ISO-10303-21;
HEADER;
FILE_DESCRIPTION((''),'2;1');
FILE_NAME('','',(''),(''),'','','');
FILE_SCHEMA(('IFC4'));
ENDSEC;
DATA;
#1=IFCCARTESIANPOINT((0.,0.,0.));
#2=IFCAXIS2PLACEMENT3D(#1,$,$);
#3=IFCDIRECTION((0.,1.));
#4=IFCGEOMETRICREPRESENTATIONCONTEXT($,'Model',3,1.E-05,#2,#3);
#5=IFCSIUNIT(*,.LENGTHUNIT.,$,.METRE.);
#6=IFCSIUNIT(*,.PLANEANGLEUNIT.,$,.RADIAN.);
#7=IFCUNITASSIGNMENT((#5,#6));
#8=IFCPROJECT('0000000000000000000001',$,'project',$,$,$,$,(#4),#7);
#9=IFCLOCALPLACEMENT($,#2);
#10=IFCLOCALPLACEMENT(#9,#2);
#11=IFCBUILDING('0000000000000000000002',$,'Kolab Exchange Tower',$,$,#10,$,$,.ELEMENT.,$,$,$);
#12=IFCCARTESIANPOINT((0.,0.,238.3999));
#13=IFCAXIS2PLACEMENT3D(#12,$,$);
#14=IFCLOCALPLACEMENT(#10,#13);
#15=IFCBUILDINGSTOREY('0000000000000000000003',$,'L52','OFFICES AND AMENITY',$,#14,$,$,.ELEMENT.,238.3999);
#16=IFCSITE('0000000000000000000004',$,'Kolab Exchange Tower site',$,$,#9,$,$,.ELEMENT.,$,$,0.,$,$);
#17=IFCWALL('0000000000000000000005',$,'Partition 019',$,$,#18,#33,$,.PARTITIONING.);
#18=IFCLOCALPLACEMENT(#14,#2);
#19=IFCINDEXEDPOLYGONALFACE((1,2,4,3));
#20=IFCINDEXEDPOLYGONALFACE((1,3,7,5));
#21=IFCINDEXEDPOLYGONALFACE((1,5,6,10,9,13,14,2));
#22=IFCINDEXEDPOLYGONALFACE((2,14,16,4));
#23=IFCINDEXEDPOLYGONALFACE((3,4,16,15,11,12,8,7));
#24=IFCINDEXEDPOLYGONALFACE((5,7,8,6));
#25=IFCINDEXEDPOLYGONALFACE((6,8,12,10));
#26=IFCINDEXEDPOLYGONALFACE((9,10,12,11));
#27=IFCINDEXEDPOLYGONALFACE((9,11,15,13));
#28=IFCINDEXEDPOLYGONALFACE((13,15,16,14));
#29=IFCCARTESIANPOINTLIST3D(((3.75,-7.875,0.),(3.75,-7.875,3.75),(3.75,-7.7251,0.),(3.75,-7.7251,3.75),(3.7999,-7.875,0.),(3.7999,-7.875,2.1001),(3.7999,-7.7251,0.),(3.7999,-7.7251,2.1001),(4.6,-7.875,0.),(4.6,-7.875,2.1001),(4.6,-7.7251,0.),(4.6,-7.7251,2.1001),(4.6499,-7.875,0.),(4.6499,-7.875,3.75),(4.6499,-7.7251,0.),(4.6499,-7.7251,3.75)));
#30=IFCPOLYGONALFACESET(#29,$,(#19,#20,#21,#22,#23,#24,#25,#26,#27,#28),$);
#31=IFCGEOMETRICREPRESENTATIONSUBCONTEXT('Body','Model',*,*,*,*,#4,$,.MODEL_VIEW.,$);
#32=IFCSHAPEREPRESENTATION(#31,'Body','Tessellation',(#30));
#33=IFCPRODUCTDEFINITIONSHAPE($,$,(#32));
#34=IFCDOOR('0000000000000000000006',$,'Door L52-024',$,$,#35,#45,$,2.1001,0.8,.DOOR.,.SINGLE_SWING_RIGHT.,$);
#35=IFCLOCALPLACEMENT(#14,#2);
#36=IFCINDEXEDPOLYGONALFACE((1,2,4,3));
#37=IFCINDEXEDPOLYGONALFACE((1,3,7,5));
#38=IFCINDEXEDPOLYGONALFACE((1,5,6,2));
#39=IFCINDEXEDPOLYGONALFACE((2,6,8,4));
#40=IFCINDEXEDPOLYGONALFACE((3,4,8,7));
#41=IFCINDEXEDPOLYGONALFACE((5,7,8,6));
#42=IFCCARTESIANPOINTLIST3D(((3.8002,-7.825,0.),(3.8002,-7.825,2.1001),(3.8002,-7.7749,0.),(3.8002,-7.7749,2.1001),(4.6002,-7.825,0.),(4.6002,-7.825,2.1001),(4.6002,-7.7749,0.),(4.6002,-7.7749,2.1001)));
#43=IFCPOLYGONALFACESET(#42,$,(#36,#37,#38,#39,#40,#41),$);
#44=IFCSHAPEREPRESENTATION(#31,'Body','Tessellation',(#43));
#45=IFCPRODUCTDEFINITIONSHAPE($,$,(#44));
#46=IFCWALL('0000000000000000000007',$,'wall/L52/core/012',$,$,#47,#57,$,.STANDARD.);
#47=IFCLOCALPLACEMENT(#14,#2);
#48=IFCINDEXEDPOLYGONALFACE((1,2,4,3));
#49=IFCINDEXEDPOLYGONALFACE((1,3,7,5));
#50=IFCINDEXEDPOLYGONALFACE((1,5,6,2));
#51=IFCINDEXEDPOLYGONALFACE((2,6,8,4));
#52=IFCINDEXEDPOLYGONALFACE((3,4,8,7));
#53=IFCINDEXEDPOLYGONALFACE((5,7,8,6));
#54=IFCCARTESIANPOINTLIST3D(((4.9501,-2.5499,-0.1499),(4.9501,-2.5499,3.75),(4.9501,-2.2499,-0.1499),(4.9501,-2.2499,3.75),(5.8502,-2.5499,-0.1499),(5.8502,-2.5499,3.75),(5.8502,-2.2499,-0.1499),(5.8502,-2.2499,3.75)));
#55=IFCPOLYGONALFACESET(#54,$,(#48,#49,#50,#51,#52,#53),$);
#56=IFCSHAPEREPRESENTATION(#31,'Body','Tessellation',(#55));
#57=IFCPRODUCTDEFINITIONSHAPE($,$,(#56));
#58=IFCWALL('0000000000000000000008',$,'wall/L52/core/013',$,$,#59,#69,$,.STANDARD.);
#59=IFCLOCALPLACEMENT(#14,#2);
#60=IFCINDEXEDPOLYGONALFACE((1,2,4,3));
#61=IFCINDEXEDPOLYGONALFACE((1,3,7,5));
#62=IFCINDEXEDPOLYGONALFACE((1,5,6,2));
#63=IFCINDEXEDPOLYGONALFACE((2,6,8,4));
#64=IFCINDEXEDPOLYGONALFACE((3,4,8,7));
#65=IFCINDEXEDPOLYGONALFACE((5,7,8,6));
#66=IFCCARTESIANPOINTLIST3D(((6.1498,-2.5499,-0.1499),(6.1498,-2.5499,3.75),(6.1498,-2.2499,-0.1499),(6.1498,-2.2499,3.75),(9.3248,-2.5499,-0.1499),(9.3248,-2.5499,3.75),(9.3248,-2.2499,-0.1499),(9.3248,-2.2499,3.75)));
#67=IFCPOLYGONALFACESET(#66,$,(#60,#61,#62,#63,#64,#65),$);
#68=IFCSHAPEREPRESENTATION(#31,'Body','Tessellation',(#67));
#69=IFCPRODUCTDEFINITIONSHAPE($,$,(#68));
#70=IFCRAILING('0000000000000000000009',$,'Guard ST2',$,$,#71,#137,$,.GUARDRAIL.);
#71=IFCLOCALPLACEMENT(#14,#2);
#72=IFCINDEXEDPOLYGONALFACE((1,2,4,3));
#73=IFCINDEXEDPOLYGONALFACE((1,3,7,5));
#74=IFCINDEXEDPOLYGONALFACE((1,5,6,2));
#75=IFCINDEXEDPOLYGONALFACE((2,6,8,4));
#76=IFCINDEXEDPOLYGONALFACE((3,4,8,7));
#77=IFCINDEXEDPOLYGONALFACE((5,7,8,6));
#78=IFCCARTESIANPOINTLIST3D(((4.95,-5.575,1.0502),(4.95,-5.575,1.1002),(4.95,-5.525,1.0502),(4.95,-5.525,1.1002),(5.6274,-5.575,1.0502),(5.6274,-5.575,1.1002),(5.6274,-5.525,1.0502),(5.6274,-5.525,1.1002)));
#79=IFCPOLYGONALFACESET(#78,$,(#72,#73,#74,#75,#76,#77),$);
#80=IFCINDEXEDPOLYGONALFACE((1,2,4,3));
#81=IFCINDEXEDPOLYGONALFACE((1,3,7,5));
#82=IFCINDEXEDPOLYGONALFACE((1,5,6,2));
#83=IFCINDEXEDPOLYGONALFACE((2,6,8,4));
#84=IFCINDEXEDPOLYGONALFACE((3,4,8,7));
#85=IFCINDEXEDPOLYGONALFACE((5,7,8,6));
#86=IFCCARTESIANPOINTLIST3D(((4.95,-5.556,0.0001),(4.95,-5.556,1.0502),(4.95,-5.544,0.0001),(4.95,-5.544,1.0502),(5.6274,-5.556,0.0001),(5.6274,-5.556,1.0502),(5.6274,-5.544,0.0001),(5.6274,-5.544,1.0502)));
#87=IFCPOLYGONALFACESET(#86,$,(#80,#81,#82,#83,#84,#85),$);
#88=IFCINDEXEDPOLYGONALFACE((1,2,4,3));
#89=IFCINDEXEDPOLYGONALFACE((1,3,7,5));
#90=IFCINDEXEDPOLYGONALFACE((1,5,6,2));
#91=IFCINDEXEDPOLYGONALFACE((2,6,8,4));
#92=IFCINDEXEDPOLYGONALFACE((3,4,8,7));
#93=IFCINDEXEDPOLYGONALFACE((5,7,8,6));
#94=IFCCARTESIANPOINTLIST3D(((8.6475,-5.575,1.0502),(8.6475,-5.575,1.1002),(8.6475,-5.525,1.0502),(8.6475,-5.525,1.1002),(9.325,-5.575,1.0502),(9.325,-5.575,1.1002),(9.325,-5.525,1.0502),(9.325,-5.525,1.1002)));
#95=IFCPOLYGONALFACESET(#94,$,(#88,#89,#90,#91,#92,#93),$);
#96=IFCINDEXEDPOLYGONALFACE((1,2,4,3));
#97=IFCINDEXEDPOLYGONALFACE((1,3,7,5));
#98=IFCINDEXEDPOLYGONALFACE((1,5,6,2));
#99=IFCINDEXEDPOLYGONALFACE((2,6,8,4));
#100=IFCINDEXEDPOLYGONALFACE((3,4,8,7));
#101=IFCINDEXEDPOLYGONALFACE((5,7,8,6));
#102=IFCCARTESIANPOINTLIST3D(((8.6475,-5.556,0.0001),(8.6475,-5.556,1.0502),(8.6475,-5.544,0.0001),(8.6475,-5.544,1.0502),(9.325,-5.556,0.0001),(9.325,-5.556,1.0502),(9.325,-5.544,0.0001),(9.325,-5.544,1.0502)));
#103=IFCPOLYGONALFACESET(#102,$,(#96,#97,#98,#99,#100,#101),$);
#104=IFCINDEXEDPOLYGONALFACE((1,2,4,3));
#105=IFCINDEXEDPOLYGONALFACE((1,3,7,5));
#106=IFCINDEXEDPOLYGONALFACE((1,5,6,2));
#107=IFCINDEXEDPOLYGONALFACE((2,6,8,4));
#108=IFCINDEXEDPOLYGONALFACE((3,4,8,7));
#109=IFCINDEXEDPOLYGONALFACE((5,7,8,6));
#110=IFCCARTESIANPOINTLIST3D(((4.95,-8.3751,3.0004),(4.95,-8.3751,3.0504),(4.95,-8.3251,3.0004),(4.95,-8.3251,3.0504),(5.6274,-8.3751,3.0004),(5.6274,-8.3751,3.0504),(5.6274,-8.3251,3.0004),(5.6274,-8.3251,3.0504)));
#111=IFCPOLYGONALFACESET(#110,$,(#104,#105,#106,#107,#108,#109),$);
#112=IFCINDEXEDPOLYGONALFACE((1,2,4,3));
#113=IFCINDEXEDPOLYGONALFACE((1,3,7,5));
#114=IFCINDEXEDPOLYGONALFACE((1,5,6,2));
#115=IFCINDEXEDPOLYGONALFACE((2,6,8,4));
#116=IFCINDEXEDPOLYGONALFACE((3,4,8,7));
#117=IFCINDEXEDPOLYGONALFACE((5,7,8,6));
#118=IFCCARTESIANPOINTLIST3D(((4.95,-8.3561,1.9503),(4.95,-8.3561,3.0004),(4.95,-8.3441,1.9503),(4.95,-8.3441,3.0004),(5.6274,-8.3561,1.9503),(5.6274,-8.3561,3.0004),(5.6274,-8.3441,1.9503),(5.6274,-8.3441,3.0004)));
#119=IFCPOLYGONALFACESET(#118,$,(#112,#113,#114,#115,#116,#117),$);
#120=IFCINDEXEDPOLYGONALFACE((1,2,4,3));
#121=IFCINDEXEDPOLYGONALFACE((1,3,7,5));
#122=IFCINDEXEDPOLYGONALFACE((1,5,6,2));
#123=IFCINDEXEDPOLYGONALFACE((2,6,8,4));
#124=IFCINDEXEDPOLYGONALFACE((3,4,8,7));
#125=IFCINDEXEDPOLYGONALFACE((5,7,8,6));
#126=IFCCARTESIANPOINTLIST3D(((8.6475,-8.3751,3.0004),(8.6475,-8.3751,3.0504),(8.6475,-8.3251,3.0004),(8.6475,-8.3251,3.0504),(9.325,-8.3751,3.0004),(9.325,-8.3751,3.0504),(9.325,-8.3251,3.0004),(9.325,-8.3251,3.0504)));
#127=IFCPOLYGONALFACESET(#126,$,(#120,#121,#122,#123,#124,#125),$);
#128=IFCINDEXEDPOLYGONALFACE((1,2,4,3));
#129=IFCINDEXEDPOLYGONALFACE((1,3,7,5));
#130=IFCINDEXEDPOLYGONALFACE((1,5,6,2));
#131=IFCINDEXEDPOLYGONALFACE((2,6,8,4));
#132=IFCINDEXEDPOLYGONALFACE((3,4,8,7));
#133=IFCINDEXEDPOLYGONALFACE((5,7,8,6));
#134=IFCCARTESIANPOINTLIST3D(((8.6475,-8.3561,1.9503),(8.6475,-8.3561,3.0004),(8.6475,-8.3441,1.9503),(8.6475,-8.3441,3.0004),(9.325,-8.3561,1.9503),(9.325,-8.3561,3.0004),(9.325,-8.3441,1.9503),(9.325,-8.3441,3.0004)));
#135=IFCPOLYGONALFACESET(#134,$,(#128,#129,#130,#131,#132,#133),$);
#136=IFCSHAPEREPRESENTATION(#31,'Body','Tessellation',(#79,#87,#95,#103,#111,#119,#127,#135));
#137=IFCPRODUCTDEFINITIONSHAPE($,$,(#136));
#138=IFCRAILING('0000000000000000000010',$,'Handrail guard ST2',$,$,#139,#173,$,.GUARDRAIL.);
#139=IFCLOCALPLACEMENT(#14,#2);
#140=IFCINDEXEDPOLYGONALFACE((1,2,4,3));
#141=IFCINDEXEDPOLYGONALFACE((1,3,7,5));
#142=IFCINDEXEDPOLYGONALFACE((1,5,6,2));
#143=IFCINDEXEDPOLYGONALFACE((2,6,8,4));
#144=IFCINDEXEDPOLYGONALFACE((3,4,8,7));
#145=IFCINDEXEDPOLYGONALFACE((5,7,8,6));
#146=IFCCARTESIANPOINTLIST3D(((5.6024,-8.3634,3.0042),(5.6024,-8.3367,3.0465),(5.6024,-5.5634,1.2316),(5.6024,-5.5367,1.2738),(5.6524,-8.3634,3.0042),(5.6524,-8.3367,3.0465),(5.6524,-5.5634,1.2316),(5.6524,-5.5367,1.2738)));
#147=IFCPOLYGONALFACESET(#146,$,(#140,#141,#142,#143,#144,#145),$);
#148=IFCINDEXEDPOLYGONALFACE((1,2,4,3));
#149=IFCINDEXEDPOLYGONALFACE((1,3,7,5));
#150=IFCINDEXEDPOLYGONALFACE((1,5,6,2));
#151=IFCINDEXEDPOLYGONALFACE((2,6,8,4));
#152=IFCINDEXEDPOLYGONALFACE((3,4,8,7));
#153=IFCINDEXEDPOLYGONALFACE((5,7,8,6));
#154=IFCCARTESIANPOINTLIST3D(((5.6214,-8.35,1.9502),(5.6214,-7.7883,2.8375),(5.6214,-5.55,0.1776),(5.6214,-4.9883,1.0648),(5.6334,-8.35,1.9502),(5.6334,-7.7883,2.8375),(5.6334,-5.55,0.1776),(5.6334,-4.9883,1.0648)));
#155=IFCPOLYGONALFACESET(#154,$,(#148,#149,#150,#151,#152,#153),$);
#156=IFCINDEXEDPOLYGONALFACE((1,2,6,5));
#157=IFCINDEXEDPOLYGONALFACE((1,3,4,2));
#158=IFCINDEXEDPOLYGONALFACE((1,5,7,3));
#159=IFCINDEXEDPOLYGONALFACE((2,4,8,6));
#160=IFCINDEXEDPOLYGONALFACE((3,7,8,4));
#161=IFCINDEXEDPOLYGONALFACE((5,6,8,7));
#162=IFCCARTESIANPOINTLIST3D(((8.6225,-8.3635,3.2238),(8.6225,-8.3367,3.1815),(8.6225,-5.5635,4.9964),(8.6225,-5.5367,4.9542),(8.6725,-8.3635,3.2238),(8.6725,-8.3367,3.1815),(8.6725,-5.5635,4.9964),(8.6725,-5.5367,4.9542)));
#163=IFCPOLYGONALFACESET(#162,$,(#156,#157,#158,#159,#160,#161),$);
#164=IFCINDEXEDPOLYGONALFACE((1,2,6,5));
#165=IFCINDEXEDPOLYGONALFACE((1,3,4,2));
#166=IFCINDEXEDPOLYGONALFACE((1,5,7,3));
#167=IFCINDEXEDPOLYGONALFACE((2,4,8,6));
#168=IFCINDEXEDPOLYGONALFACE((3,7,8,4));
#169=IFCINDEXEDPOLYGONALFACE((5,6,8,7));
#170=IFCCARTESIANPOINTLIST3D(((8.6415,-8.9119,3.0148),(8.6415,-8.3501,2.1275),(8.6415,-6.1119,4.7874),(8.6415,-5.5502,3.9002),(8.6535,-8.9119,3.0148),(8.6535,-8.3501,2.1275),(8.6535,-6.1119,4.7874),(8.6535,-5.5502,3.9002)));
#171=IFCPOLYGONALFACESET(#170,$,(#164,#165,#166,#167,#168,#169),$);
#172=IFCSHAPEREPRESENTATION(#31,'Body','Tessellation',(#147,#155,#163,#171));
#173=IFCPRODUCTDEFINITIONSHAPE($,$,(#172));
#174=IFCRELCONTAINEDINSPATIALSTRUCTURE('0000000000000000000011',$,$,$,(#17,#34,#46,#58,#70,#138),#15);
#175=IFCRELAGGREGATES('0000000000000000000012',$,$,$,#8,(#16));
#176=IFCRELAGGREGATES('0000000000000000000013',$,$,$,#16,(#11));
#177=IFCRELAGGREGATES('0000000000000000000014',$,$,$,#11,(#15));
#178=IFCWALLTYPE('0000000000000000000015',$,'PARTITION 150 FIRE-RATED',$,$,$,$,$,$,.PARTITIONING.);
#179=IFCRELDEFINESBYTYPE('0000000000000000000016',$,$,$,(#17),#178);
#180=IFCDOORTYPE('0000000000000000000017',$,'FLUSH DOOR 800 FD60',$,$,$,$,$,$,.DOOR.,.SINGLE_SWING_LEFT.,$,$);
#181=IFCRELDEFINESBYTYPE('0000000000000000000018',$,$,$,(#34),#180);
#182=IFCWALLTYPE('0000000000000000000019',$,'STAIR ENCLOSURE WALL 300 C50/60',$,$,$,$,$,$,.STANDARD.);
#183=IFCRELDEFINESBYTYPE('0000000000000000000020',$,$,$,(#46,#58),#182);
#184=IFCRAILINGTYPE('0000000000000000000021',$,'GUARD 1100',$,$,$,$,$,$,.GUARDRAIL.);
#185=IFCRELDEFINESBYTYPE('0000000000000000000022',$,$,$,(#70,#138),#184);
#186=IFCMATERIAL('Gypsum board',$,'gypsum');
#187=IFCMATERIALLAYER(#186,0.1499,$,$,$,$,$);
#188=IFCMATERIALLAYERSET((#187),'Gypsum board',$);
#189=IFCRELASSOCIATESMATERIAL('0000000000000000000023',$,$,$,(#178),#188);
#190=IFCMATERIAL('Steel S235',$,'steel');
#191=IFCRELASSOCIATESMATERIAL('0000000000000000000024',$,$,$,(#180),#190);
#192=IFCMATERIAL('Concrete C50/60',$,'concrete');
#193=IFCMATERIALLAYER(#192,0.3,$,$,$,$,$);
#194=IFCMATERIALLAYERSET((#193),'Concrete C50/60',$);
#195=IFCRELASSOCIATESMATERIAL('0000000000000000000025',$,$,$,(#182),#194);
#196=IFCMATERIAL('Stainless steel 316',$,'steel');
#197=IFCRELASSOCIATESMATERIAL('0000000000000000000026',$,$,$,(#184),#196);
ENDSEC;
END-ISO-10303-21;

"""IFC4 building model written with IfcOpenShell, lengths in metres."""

from ifc_helpers import new_model, si_unit, direction, frame, frame_2d, origin, origin_2d, place, context, subcontext, project, spatial, rectangle, extrude, material, layer, layer_set, type_object, element, fill, save


model = new_model("IFC4")

# Units and contexts
model_context = context("Model", 3, precision=1e-05, world=origin(), true_north=direction((0.0, 1.0)))
body_context = subcontext(model_context, "Body", "Model", "MODEL_VIEW")
ifc_project = project(units=[si_unit("LENGTHUNIT", "METRE"), si_unit("PLANEANGLEUNIT", "RADIAN")], contexts=[model_context])

# Site, building, storey
site_placement = place(None, origin())
site = spatial("IfcSite", under=ifc_project, at=site_placement, Name="Kolab Exchange Tower site", CompositionType="ELEMENT", RefElevation=0.0)
building_placement = place(site_placement, origin())
building = spatial("IfcBuilding", under=site, at=building_placement, Name="Kolab Exchange Tower", CompositionType="ELEMENT")
storey_placement = place(building_placement, frame((0.0, 0.0, 238.3999)))
storey = spatial("IfcBuildingStorey", under=building, at=storey_placement, Name="L52", Description="OFFICES AND AMENITY", CompositionType="ELEMENT", Elevation=238.3999)

# Shared definitions
ifc_material_1 = material(Name="Concrete C50/60", Category="concrete")
ifc_material_2 = material(Name="Stainless steel 316", Category="steel")

# Wall, opening, door
ifc_material_3 = material(Name="Gypsum board", Category="gypsum")
ifc_layer_1 = layer(ifc_material_3, 0.1499)
ifc_layer_set_1 = layer_set([ifc_layer_1], Name="Gypsum board")
wall_type_1 = type_object("IfcWallType", Name="PARTITION 150 FIRE-RATED", PredefinedType="PARTITIONING", material=ifc_layer_set_1)
wall_1_placement = place(storey_placement, frame((3.75, -7.8, 0.0), z_axis=(0.0, 0.0, 1.0), x_axis=(1.0, 0.0, 0.0)))
wall_1 = element("IfcWall", 1, at=wall_1_placement, inside=storey, type_object=wall_type_1, Name="Partition 019", PredefinedType="PARTITIONING", context=body_context, shape_type="SweptSolid", body=[
    extrude(rectangle(XDim=0.8999, YDim=0.1499, at=frame_2d((0.45, 0.0))), origin(), (0.0, 0.0, 1.0), 3.75),
])
opening_1_placement = place(wall_1_placement, frame((0.05, 0.0, 0.0)))
opening_1 = element("IfcOpeningElement", 2, at=opening_1_placement, cuts=wall_1, PredefinedType="OPENING", context=body_context, shape_type="SweptSolid", body=[
    extrude(rectangle(XDim=0.8, YDim=2.1001, at=frame_2d((0.3999, 1.05))), frame((0.0, 0.085, 0.0), z_axis=(0.0, -1.0, 0.0), x_axis=(1.0, 0.0, 0.0)), (0.0, 0.0, 1.0), 0.1699),
])
ifc_material_4 = material(Name="Steel S235", Category="steel")
door_type_1 = type_object("IfcDoorType", Name="FLUSH DOOR 800 FD60", OperationType="SINGLE_SWING_LEFT", PredefinedType="DOOR", material=ifc_material_4)
door_1_placement = place(opening_1_placement, frame((0.8, 0.0, 0.0), z_axis=(0.0, 0.0, 1.0), x_axis=(-1.0, 0.0, 0.0)))
door_1 = element("IfcDoor", 3, at=door_1_placement, inside=storey, type_object=door_type_1, Name="Door L52-024", OperationType="SINGLE_SWING_RIGHT", OverallHeight=2.1001, OverallWidth=0.8, PredefinedType="DOOR", context=body_context, shape_type="SweptSolid", body=[
    extrude(rectangle(XDim=0.8, YDim=2.1001, at=frame_2d((0.3999, 1.05))), frame((0.0, 0.0249, 0.0), z_axis=(0.0, -1.0, 0.0), x_axis=(1.0, 0.0, 0.0)), (0.0, 0.0, 1.0), 0.05),
])
fill(opening_1, door_1)

# Walls
ifc_layer_2 = layer(ifc_material_1, 0.3)
ifc_layer_set_2 = layer_set([ifc_layer_2], Name="Concrete C50/60")
wall_type_2 = type_object("IfcWallType", Name="STAIR ENCLOSURE WALL 300 C50/60", PredefinedType="STANDARD", material=ifc_layer_set_2)
wall_2_placement = place(storey_placement, frame((4.95, -2.3999, -0.1499), z_axis=(0.0, 0.0, 1.0), x_axis=(1.0, 0.0, 0.0)))
element("IfcWall", 4, at=wall_2_placement, inside=storey, type_object=wall_type_2, Name="wall/L52/core/012", PredefinedType="STANDARD", context=body_context, shape_type="SweptSolid", body=[
    extrude(rectangle(XDim=0.9001, YDim=0.3, at=frame_2d((0.4502, 0.0))), origin(), (0.0, 0.0, 1.0), 3.8999),
])
wall_3_placement = place(storey_placement, frame((6.1499, -2.3999, -0.1499), z_axis=(0.0, 0.0, 1.0), x_axis=(1.0, 0.0, 0.0)))
element("IfcWall", 5, at=wall_3_placement, inside=storey, type_object=wall_type_2, Name="wall/L52/core/013", PredefinedType="STANDARD", context=body_context, shape_type="SweptSolid", body=[
    extrude(rectangle(XDim=3.175, YDim=0.3, at=frame_2d((1.5874, 0.0))), origin(), (0.0, 0.0, 1.0), 3.8999),
])

# Railings
railing_type = type_object("IfcRailingType", Name="GUARD 1100", PredefinedType="GUARDRAIL", material=ifc_material_2)
railing_1_placement = place(storey_placement, frame((4.95, -5.55, 0.0)))
element("IfcRailing", 6, at=railing_1_placement, inside=storey, type_object=railing_type, Name="Guard ST2", PredefinedType="GUARDRAIL", context=body_context, shape_type="SweptSolid", body=[
    extrude(rectangle(XDim=0.05, YDim=0.05, at=origin_2d()), frame((0.0, 0.0, 1.0752), z_axis=(1.0, 0.0, 0.0), x_axis=(0.0, 1.0, 0.0)), (0.0, 0.0, 1.0), 0.6775),
    extrude(rectangle(XDim=0.012, YDim=1.0501, at=frame_2d((0.0, 0.5251))), frame((0.0, 0.0, 0.0), z_axis=(1.0, 0.0, 0.0), x_axis=(0.0, 1.0, 0.0)), (0.0, 0.0, 1.0), 0.6775),
    extrude(rectangle(XDim=0.05, YDim=0.05, at=origin_2d()), frame((3.6975, 0.0, 1.0752), z_axis=(1.0, 0.0, 0.0), x_axis=(0.0, 1.0, 0.0)), (0.0, 0.0, 1.0), 0.6775),
    extrude(rectangle(XDim=0.012, YDim=1.0501, at=frame_2d((0.0, 0.5251))), frame((3.6975, 0.0, 0.0), z_axis=(1.0, 0.0, 0.0), x_axis=(0.0, 1.0, 0.0)), (0.0, 0.0, 1.0), 0.6775),
    extrude(rectangle(XDim=0.05, YDim=0.05, at=origin_2d()), frame((0.0, -2.8, 3.0254), z_axis=(1.0, 0.0, 0.0), x_axis=(0.0, 1.0, 0.0)), (0.0, 0.0, 1.0), 0.6775),
    extrude(rectangle(XDim=0.012, YDim=1.0501, at=frame_2d((0.0, 0.5251))), frame((0.0, -2.8, 1.9502), z_axis=(1.0, 0.0, 0.0), x_axis=(0.0, 1.0, 0.0)), (0.0, 0.0, 1.0), 0.6775),
    extrude(rectangle(XDim=0.05, YDim=0.05, at=origin_2d()), frame((3.6975, -2.8, 3.0254), z_axis=(1.0, 0.0, 0.0), x_axis=(0.0, 1.0, 0.0)), (0.0, 0.0, 1.0), 0.6775),
    extrude(rectangle(XDim=0.012, YDim=1.0501, at=frame_2d((0.0, 0.5251))), frame((3.6975, -2.8, 1.9502), z_axis=(1.0, 0.0, 0.0), x_axis=(0.0, 1.0, 0.0)), (0.0, 0.0, 1.0), 0.6775),
])
railing_2_placement = place(storey_placement, frame((5.6274, -5.55, 0.1775)))
element("IfcRailing", 7, at=railing_2_placement, inside=storey, type_object=railing_type, Name="Handrail guard ST2", PredefinedType="GUARDRAIL", context=body_context, shape_type="SweptSolid", body=[
    extrude(rectangle(XDim=0.05, YDim=0.05, at=origin_2d()), frame((0.0, 0.0, 1.0752), z_axis=(0.0, -0.844909, 0.53491), x_axis=(1.0, 0.0, 0.0)), (0.0, 0.0, 1.0), 3.314),
    extrude(rectangle(XDim=0.012, YDim=1.0501, at=frame_2d((0.0, 0.5251))), frame((0.0, 0.0, 0.0), z_axis=(0.0, -0.844909, 0.53491), x_axis=(1.0, 0.0, 0.0)), (0.0, 0.0, 1.0), 3.314),
    extrude(rectangle(XDim=0.05, YDim=0.05, at=origin_2d()), frame((3.02, -2.8, 3.0251), z_axis=(0.0, 0.844909, 0.53491), x_axis=(-1.0, 0.0, 0.0)), (0.0, 0.0, 1.0), 3.314),
    extrude(rectangle(XDim=0.012, YDim=1.0501, at=frame_2d((0.0, 0.5251))), frame((3.02, -2.8, 1.95), z_axis=(0.0, 0.844909, 0.53491), x_axis=(-1.0, 0.0, 0.0)), (0.0, 0.0, 1.0), 3.314),
])

save(model, "model.ifc")
